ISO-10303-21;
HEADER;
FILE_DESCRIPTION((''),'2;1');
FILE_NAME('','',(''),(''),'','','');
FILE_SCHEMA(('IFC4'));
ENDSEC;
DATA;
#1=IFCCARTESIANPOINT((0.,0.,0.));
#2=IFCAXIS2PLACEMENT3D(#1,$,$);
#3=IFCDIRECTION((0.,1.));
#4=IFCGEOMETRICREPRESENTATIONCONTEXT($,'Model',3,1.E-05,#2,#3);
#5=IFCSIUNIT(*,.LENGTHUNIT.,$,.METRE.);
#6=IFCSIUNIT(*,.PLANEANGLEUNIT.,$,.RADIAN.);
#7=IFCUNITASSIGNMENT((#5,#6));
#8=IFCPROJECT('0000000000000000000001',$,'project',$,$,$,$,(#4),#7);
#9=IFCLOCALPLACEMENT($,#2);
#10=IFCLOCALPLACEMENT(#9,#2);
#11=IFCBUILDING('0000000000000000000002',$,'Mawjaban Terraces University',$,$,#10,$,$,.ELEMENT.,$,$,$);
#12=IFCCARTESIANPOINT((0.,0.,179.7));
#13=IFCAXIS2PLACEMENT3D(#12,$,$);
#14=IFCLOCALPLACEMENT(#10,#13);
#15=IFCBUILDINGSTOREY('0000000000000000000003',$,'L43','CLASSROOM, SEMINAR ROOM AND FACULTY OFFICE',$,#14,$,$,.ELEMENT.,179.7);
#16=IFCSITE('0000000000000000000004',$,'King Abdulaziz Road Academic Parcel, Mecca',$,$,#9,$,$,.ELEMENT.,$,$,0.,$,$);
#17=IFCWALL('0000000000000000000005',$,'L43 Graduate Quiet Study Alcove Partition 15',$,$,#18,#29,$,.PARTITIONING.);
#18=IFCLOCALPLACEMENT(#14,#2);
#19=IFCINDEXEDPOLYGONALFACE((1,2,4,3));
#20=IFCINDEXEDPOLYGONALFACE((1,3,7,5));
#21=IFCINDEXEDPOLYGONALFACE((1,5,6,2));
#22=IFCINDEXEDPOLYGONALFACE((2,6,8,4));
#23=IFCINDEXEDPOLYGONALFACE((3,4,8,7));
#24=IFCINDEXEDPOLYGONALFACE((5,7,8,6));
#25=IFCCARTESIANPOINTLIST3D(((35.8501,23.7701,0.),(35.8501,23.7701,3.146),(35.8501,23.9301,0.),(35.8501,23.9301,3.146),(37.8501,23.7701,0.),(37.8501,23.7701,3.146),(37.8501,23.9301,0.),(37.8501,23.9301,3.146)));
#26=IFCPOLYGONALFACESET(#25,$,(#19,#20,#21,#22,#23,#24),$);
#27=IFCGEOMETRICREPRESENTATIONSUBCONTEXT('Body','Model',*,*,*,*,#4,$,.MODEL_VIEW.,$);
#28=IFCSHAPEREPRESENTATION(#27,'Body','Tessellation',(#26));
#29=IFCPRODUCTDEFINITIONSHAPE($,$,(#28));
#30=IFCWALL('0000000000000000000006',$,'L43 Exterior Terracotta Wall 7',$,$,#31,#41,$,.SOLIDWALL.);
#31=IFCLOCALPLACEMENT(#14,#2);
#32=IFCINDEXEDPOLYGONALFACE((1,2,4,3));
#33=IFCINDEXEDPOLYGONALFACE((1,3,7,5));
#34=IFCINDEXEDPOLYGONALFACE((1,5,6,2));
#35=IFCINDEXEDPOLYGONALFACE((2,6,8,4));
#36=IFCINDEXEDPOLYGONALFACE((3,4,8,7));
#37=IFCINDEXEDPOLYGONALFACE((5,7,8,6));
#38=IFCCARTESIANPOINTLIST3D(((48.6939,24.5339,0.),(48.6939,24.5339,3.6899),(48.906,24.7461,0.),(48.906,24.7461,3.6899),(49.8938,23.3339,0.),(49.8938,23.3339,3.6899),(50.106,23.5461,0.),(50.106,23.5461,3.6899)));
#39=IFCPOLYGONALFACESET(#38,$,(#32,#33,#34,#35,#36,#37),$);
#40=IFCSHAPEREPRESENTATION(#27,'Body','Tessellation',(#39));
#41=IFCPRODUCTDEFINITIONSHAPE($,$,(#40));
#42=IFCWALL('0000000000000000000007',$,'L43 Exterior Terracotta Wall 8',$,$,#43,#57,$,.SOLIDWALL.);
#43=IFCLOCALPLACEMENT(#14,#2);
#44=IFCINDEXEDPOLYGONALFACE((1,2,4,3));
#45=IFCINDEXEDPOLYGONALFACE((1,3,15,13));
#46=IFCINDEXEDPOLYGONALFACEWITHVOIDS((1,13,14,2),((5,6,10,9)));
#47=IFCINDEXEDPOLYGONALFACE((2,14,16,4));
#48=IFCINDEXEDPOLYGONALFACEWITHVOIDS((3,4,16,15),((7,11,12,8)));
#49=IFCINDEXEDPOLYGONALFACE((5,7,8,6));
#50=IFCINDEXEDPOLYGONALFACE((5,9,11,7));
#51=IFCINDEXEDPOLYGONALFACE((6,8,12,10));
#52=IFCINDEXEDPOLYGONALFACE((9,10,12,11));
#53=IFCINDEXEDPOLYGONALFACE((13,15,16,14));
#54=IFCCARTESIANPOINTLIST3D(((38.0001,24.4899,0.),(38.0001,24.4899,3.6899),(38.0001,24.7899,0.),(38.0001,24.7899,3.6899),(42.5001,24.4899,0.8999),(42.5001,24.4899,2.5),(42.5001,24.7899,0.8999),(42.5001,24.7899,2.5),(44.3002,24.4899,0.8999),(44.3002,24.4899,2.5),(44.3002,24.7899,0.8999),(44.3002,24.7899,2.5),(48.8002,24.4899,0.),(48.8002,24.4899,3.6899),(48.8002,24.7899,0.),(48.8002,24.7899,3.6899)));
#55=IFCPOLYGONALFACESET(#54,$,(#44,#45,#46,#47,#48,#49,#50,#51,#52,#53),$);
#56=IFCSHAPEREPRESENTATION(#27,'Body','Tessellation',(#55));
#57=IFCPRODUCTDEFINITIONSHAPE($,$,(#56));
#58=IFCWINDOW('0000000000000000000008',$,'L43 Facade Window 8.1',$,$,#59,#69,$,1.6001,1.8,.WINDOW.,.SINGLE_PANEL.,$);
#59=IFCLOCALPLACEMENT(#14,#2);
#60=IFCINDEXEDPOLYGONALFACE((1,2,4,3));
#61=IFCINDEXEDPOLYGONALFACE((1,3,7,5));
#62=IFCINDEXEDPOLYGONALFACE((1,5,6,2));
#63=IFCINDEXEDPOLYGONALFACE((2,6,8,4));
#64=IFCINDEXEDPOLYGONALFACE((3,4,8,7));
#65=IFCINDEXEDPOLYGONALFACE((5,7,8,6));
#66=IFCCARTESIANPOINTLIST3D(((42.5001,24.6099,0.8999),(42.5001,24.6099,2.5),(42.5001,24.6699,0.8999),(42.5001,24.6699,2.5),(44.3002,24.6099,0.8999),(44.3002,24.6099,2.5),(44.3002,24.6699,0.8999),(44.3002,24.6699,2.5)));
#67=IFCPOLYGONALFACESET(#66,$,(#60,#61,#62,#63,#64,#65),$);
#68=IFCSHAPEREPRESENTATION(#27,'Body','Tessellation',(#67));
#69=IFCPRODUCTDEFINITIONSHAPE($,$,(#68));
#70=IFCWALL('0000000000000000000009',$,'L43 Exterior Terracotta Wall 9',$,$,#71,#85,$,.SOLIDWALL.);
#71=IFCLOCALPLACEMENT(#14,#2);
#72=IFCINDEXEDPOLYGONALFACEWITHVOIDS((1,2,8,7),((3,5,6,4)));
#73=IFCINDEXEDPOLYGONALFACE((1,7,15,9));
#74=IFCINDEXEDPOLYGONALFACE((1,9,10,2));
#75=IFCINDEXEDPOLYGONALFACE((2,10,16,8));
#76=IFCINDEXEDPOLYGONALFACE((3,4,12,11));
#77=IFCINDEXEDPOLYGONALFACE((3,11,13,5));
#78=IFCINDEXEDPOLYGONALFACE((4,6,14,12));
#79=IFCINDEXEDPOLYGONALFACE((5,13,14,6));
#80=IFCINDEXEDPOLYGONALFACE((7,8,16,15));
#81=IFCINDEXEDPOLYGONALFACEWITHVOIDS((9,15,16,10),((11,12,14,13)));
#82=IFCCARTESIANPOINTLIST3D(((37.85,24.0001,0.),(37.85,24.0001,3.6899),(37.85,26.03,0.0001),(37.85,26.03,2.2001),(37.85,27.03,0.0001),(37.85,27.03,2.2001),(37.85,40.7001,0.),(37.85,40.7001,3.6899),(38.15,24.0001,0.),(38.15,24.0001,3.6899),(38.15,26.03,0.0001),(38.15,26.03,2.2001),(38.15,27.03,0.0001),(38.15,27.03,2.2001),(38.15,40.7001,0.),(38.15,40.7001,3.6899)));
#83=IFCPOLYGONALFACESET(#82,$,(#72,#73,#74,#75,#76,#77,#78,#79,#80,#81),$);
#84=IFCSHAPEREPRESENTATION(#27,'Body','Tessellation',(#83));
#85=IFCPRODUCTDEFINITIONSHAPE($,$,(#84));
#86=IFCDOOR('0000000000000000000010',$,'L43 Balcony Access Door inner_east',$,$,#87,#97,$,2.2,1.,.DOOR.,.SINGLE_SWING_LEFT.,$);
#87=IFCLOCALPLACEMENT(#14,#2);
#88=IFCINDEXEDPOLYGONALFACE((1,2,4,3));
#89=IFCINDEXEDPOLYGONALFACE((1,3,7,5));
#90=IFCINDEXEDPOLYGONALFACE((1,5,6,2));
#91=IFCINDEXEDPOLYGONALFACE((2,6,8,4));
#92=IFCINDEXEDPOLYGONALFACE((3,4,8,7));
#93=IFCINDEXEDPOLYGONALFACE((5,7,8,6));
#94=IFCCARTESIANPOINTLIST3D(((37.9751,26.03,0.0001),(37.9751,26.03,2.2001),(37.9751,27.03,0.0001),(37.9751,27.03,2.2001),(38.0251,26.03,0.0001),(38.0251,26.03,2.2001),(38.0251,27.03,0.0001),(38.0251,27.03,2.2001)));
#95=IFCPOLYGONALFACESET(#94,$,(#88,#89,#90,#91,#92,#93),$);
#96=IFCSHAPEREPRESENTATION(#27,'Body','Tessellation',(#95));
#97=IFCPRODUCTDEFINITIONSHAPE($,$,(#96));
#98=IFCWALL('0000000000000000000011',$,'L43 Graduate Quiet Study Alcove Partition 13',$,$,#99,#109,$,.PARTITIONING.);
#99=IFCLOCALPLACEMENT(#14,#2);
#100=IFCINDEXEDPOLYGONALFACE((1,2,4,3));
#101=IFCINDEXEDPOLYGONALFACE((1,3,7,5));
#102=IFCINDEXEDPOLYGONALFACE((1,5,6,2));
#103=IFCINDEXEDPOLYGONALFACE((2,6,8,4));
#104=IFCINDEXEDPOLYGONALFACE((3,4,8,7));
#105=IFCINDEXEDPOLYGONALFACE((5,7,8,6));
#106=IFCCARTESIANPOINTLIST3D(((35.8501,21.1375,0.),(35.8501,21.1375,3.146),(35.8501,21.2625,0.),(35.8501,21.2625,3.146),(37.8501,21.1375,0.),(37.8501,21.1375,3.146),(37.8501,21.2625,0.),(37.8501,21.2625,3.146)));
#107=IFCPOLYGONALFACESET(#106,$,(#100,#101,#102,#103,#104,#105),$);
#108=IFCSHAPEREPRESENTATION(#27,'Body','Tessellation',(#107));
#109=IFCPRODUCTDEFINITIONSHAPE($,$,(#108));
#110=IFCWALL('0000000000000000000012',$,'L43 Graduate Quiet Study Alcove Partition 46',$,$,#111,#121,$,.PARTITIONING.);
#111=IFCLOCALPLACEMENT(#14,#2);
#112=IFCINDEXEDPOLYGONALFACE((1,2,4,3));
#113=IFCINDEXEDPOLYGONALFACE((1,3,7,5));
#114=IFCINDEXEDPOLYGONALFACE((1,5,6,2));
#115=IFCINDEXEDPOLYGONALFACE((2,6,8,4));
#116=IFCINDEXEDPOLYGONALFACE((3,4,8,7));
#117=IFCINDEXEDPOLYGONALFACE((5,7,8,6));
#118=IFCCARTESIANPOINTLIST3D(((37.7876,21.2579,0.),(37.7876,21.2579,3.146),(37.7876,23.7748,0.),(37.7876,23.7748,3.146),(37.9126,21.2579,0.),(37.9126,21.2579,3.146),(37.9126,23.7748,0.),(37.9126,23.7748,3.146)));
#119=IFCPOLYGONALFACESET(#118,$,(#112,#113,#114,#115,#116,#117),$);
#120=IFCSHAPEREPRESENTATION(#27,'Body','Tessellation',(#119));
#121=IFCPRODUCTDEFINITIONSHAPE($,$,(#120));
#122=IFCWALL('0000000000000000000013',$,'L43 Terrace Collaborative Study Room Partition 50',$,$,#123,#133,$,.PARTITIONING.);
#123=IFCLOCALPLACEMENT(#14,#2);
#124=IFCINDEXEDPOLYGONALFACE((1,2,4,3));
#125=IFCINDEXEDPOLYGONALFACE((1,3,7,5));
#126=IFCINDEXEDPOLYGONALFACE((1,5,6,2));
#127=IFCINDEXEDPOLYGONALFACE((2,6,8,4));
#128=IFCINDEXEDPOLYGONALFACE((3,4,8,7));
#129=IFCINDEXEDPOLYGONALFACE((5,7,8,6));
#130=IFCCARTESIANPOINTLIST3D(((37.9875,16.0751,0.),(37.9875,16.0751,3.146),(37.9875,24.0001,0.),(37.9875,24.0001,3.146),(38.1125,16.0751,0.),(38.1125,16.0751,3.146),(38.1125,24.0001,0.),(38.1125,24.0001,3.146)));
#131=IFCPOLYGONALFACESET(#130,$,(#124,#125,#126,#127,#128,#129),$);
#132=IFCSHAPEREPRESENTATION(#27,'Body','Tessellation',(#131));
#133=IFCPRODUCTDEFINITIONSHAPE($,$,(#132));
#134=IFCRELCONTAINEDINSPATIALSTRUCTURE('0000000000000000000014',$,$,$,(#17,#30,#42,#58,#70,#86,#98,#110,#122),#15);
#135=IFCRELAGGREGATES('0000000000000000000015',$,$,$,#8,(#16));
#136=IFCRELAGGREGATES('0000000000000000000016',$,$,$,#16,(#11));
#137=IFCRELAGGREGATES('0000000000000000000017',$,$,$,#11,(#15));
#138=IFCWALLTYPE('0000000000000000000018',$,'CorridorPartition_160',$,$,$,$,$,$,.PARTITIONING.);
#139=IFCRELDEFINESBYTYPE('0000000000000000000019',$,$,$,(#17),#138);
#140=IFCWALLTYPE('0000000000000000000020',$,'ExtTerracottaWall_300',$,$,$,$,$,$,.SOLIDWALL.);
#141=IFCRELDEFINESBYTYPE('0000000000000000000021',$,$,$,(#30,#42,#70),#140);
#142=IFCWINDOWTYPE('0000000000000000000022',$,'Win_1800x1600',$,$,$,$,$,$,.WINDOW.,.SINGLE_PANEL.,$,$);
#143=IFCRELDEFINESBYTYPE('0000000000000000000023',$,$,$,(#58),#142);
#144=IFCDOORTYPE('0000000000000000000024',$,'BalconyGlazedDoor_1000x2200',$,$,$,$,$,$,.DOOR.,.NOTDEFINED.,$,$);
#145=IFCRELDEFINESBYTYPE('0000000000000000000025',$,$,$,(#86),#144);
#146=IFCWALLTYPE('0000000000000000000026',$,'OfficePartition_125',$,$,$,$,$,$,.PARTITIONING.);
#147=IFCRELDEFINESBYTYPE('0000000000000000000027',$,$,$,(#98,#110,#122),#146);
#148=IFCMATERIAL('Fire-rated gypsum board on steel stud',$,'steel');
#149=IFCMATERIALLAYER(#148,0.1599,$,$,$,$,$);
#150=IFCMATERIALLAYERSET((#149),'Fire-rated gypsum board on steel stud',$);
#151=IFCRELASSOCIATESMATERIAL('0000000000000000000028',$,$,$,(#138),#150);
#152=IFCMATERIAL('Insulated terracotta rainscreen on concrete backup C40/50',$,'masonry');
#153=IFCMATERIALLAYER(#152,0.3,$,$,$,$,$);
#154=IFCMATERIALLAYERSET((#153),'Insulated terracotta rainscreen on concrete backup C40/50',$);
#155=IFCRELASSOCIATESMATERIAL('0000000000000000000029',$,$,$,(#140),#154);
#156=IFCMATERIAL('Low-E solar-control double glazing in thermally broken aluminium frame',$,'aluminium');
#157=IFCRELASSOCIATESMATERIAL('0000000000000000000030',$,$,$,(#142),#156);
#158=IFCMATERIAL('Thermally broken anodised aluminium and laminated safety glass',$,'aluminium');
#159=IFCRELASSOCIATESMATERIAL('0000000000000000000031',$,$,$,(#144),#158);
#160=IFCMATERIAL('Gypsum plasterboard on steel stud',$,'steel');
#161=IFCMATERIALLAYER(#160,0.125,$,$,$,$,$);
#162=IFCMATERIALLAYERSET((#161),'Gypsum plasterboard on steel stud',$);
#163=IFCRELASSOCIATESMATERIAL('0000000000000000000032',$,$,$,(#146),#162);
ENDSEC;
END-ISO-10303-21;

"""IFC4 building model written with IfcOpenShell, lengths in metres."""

from ifc_helpers import new_model, si_unit, direction, frame, frame_2d, origin, place, context, subcontext, project, spatial, rectangle, extrude, material, layer, layer_set, type_object, element, fill, save


model = new_model("IFC4")

# Units and contexts
model_context = context("Model", 3, precision=1e-05, world=origin(), true_north=direction((0.0, 1.0)))
body_context = subcontext(model_context, "Body", "Model", "MODEL_VIEW")
ifc_project = project(units=[si_unit("LENGTHUNIT", "METRE"), si_unit("PLANEANGLEUNIT", "RADIAN")], contexts=[model_context])

# Site, building, storey
site_placement = place(None, origin())
site = spatial("IfcSite", under=ifc_project, at=site_placement, Name="King Abdulaziz Road Academic Parcel, Mecca", CompositionType="ELEMENT", RefElevation=0.0)
building_placement = place(site_placement, origin())
building = spatial("IfcBuilding", under=site, at=building_placement, Name="Mawjaban Terraces University", CompositionType="ELEMENT")
storey_placement = place(building_placement, frame((0.0, 0.0, 179.7)))
storey = spatial("IfcBuildingStorey", under=building, at=storey_placement, Name="L43", Description="CLASSROOM, SEMINAR ROOM AND FACULTY OFFICE", CompositionType="ELEMENT", Elevation=179.7)

# Walls
ifc_material_1 = material(Name="Fire-rated gypsum board on steel stud", Category="steel")
ifc_layer_1 = layer(ifc_material_1, 0.1599)
ifc_layer_set_1 = layer_set([ifc_layer_1], Name="Fire-rated gypsum board on steel stud")
wall_type_1 = type_object("IfcWallType", Name="CorridorPartition_160", PredefinedType="PARTITIONING", material=ifc_layer_set_1)
wall_1_placement = place(storey_placement, frame((37.8501, 23.8501, 0.0), z_axis=(0.0, 0.0, 1.0), x_axis=(-1.0, 0.0, 0.0)))
element("IfcWall", 1, at=wall_1_placement, inside=storey, type_object=wall_type_1, Name="L43 Graduate Quiet Study Alcove Partition 15", PredefinedType="PARTITIONING", context=body_context, shape_type="SweptSolid", body=[
    extrude(rectangle(XDim=2.0, YDim=0.1599, at=frame_2d((1.0, 0.0))), origin(), (0.0, 0.0, 1.0), 3.146),
])
ifc_material_2 = material(Name="Insulated terracotta rainscreen on concrete backup C40/50", Category="masonry")
ifc_layer_2 = layer(ifc_material_2, 0.3)
ifc_layer_set_2 = layer_set([ifc_layer_2], Name="Insulated terracotta rainscreen on concrete backup C40/50")
wall_type_2 = type_object("IfcWallType", Name="ExtTerracottaWall_300", PredefinedType="SOLIDWALL", material=ifc_layer_set_2)
wall_2_placement = place(storey_placement, frame((50.0, 23.4399, 0.0), z_axis=(0.0, 0.0, 1.0), x_axis=(-0.707107, 0.707107, 0.0)))
element("IfcWall", 2, at=wall_2_placement, inside=storey, type_object=wall_type_2, Name="L43 Exterior Terracotta Wall 7", PredefinedType="SOLIDWALL", context=body_context, shape_type="SweptSolid", body=[
    extrude(rectangle(XDim=1.697, YDim=0.3, at=frame_2d((0.8486, 0.0))), origin(), (0.0, 0.0, 1.0), 3.6899),
])

# Wall, opening, window
wall_3_placement = place(storey_placement, frame((48.8, 24.6399, 0.0), z_axis=(0.0, 0.0, 1.0), x_axis=(-1.0, 0.0, 0.0)))
wall_3 = element("IfcWall", 3, at=wall_3_placement, inside=storey, type_object=wall_type_2, Name="L43 Exterior Terracotta Wall 8", PredefinedType="SOLIDWALL", context=body_context, shape_type="SweptSolid", body=[
    extrude(rectangle(XDim=10.8, YDim=0.3, at=frame_2d((5.3999, 0.0))), origin(), (0.0, 0.0, 1.0), 3.6899),
])
opening_1_placement = place(wall_3_placement, frame((4.5, 0.0, 0.8999)))
opening_1 = element("IfcOpeningElement", 4, at=opening_1_placement, cuts=wall_3, PredefinedType="OPENING", context=body_context, shape_type="SweptSolid", body=[
    extrude(rectangle(XDim=1.8, YDim=1.6001, at=frame_2d((0.8999, 0.8))), frame((0.0, 0.1599, 0.0), z_axis=(0.0, -1.0, 0.0), x_axis=(1.0, 0.0, 0.0)), (0.0, 0.0, 1.0), 0.3201),
])
ifc_material_3 = material(Name="Low-E solar-control double glazing in thermally broken aluminium frame", Category="aluminium")
window_type = type_object("IfcWindowType", Name="Win_1800x1600", PartitioningType="SINGLE_PANEL", PredefinedType="WINDOW", material=ifc_material_3)
window_placement = place(opening_1_placement, origin())
window = element("IfcWindow", 5, at=window_placement, inside=storey, type_object=window_type, Name="L43 Facade Window 8.1", OverallHeight=1.6001, OverallWidth=1.8, PartitioningType="SINGLE_PANEL", PredefinedType="WINDOW", context=body_context, shape_type="SweptSolid", body=[
    extrude(rectangle(XDim=1.8, YDim=1.6001, at=frame_2d((0.8999, 0.8))), frame((0.0, 0.03, 0.0), z_axis=(0.0, -1.0, 0.0), x_axis=(1.0, 0.0, 0.0)), (0.0, 0.0, 1.0), 0.0601),
])
fill(opening_1, window)

# Wall, opening, door
wall_4_placement = place(storey_placement, frame((38.0, 24.0, 0.0), z_axis=(0.0, 0.0, 1.0), x_axis=(0.0, 1.0, 0.0)))
wall_4 = element("IfcWall", 6, at=wall_4_placement, inside=storey, type_object=wall_type_2, Name="L43 Exterior Terracotta Wall 9", PredefinedType="SOLIDWALL", context=body_context, shape_type="SweptSolid", body=[
    extrude(rectangle(XDim=16.7, YDim=0.3, at=frame_2d((8.3501, 0.0))), origin(), (0.0, 0.0, 1.0), 3.6899),
])
opening_2_placement = place(wall_4_placement, frame((2.03, 0.0, 0.0)))
opening_2 = element("IfcOpeningElement", 7, at=opening_2_placement, cuts=wall_4, PredefinedType="OPENING", context=body_context, shape_type="SweptSolid", body=[
    extrude(rectangle(XDim=1.0, YDim=2.2, at=frame_2d((0.5, 1.1001))), frame((0.0, 0.1599, 0.0), z_axis=(0.0, -1.0, 0.0), x_axis=(1.0, 0.0, 0.0)), (0.0, 0.0, 1.0), 0.3201),
])
ifc_material_4 = material(Name="Thermally broken anodised aluminium and laminated safety glass", Category="aluminium")
door_type_1 = type_object("IfcDoorType", Name="BalconyGlazedDoor_1000x2200", OperationType="NOTDEFINED", PredefinedType="DOOR", material=ifc_material_4)
door_1_placement = place(opening_2_placement, origin())
door_1 = element("IfcDoor", 8, at=door_1_placement, inside=storey, type_object=door_type_1, Name="L43 Balcony Access Door inner_east", OperationType="SINGLE_SWING_LEFT", OverallHeight=2.2, OverallWidth=1.0, PredefinedType="DOOR", context=body_context, shape_type="SweptSolid", body=[
    extrude(rectangle(XDim=1.0, YDim=2.2, at=frame_2d((0.5, 1.1001))), frame((0.0, 0.0249, 0.0), z_axis=(0.0, -1.0, 0.0), x_axis=(1.0, 0.0, 0.0)), (0.0, 0.0, 1.0), 0.05),
])
fill(opening_2, door_1)

# Walls
ifc_material_5 = material(Name="Gypsum plasterboard on steel stud", Category="steel")
ifc_layer_3 = layer(ifc_material_5, 0.125)
ifc_layer_set_3 = layer_set([ifc_layer_3], Name="Gypsum plasterboard on steel stud")
wall_type_3 = type_object("IfcWallType", Name="OfficePartition_125", PredefinedType="PARTITIONING", material=ifc_layer_set_3)
wall_5_placement = place(storey_placement, frame((35.8501, 21.2, 0.0), z_axis=(0.0, 0.0, 1.0), x_axis=(1.0, 0.0, 0.0)))
element("IfcWall", 9, at=wall_5_placement, inside=storey, type_object=wall_type_3, Name="L43 Graduate Quiet Study Alcove Partition 13", PredefinedType="PARTITIONING", context=body_context, shape_type="SweptSolid", body=[
    extrude(rectangle(XDim=2.0, YDim=0.125, at=frame_2d((1.0, 0.0))), origin(), (0.0, 0.0, 1.0), 3.146),
])
wall_6_placement = place(storey_placement, frame((37.8501, 21.2581, 0.0), z_axis=(0.0, 0.0, 1.0), x_axis=(0.0, 1.0, 0.0)))
element("IfcWall", 10, at=wall_6_placement, inside=storey, type_object=wall_type_3, Name="L43 Graduate Quiet Study Alcove Partition 46", PredefinedType="PARTITIONING", context=body_context, shape_type="SweptSolid", body=[
    extrude(rectangle(XDim=2.5168, YDim=0.125, at=frame_2d((1.2583, 0.0))), origin(), (0.0, 0.0, 1.0), 3.146),
])
wall_7_placement = place(storey_placement, frame((38.05, 24.0, 0.0), z_axis=(0.0, 0.0, 1.0), x_axis=(0.0, -1.0, 0.0)))
element("IfcWall", 11, at=wall_7_placement, inside=storey, type_object=wall_type_3, Name="L43 Terrace Collaborative Study Room Partition 50", PredefinedType="PARTITIONING", context=body_context, shape_type="SweptSolid", body=[
    extrude(rectangle(XDim=7.925, YDim=0.125, at=frame_2d((3.9624, 0.0))), origin(), (0.0, 0.0, 1.0), 3.146),
])

save(model, "model.ifc")
